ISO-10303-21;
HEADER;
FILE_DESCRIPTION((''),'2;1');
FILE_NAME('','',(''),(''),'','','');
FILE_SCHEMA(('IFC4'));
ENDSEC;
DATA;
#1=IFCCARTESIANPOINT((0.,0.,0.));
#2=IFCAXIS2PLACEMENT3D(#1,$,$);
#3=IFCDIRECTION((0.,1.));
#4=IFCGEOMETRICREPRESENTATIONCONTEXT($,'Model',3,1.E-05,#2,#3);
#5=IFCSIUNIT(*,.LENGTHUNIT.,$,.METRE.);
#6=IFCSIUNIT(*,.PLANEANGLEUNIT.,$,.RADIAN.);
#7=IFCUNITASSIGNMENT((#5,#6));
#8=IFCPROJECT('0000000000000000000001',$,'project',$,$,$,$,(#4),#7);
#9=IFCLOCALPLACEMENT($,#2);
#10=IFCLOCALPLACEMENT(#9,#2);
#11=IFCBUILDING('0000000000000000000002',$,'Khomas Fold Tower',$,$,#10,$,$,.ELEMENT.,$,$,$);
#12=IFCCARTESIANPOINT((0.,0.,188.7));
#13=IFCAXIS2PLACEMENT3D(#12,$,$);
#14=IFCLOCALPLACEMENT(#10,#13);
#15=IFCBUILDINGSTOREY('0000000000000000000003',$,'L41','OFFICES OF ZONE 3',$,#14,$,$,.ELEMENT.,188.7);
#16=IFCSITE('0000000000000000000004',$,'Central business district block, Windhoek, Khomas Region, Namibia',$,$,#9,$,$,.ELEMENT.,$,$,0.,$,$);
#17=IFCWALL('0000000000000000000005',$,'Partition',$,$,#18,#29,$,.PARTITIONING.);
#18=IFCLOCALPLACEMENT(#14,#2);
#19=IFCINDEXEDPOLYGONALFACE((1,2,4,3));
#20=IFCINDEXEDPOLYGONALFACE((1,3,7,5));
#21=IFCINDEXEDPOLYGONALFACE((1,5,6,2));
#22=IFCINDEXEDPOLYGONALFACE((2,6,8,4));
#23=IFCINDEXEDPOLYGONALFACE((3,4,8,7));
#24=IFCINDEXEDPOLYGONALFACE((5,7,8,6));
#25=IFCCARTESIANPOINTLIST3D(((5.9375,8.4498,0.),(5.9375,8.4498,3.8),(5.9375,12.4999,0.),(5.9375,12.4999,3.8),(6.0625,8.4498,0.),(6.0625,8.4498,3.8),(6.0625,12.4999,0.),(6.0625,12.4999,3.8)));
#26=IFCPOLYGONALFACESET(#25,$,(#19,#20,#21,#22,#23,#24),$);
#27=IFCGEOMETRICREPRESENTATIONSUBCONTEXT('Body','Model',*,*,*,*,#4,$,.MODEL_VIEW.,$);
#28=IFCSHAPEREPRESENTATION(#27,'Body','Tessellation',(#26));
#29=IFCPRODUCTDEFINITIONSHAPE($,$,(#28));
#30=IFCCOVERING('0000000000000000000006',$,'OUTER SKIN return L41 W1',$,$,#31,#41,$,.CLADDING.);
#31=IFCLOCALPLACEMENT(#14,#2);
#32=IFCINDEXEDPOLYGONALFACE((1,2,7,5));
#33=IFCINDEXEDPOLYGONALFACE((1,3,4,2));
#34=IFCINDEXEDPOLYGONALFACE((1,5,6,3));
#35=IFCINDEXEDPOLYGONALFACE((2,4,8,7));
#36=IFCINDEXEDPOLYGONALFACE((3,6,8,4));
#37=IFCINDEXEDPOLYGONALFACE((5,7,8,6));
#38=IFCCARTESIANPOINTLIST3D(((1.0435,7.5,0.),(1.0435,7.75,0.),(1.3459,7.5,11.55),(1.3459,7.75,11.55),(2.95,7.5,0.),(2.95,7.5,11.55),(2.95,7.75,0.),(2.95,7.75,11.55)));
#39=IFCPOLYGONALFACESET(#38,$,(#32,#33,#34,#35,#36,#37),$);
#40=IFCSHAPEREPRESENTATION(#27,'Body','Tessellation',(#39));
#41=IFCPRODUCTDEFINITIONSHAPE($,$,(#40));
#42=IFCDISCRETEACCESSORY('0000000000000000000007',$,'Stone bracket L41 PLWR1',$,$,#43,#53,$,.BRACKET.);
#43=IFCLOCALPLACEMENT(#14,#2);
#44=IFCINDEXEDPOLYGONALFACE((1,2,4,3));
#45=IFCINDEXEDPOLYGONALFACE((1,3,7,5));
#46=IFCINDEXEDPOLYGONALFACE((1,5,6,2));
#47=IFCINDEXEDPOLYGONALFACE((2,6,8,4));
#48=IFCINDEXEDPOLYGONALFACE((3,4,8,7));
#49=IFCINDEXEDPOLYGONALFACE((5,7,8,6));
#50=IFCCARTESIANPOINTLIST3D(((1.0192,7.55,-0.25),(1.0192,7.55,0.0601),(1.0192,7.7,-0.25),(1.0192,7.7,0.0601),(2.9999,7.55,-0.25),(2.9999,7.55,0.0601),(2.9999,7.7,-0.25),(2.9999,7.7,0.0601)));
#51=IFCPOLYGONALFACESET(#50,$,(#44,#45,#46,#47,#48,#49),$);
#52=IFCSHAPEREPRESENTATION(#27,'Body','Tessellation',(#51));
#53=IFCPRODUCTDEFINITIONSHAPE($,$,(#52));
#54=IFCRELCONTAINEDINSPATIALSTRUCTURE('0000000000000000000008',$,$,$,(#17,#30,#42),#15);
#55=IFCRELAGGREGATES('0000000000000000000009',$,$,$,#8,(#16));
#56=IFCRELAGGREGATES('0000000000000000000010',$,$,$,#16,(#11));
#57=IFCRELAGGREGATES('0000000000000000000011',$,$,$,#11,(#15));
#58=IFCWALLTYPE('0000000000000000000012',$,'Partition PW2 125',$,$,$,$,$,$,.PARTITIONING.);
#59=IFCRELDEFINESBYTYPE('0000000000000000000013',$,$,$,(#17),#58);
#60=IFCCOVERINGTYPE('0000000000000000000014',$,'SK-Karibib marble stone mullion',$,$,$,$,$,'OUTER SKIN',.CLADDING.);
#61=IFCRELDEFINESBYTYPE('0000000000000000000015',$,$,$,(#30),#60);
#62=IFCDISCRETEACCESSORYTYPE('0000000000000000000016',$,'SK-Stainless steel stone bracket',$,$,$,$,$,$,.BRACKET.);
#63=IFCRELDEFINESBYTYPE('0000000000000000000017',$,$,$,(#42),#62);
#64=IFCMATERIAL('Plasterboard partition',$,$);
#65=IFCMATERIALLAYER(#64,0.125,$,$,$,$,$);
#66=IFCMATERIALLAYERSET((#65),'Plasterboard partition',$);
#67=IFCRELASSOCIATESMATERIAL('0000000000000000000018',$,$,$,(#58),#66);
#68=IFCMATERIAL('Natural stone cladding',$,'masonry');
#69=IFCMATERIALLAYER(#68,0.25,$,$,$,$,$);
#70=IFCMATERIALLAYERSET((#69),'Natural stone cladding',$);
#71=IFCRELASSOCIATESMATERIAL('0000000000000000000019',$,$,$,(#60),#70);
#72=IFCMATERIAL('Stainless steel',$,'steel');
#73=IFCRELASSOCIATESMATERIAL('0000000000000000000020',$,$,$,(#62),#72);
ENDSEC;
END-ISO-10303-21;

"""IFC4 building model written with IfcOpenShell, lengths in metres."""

from ifc_helpers import new_model, si_unit, direction, frame, frame_2d, origin, origin_2d, place, context, subcontext, project, spatial, polyline, rectangle, outline, extrude, source, transform, mapped, material, layer, layer_set, type_object, element, save


model = new_model("IFC4")

# Units and contexts
model_context = context("Model", 3, precision=1e-05, world=origin(), true_north=direction((0.0, 1.0)))
body_context = subcontext(model_context, "Body", "Model", "MODEL_VIEW")
ifc_project = project(units=[si_unit("LENGTHUNIT", "METRE"), si_unit("PLANEANGLEUNIT", "RADIAN")], contexts=[model_context])

# Site, building, storey
site_placement = place(None, origin())
site = spatial("IfcSite", under=ifc_project, at=site_placement, Name="Central business district block, Windhoek, Khomas Region, Namibia", CompositionType="ELEMENT", RefElevation=0.0)
building_placement = place(site_placement, origin())
building = spatial("IfcBuilding", under=site, at=building_placement, Name="Khomas Fold Tower", CompositionType="ELEMENT")
storey_placement = place(building_placement, frame((0.0, 0.0, 188.7)))
storey = spatial("IfcBuildingStorey", under=building, at=storey_placement, Name="L41", Description="OFFICES OF ZONE 3", CompositionType="ELEMENT", Elevation=188.7)

# Shared definitions
ifc_material_1 = material(Name="Plasterboard partition")
ifc_layer_1 = layer(ifc_material_1, 0.125)
ifc_layer_set_1 = layer_set([ifc_layer_1], Name="Plasterboard partition")
wall_type = type_object("IfcWallType", Name="Partition PW2 125", PredefinedType="PARTITIONING", material=ifc_layer_set_1)

# Wall
shared_shape_1 = source(origin(), body_context, "Body", "SweptSolid", [
    extrude(rectangle(XDim=4.05, YDim=0.125, at=frame_2d((2.0249, 0.0))), origin(), (0.0, 0.0, 1.0), 3.8),
])
wall_1_placement = place(storey_placement, frame((6.0, 8.45, 0.0), z_axis=(0.0, 0.0, 1.0), x_axis=(0.0, 1.0, 0.0)))
element("IfcWall", 1, at=wall_1_placement, inside=storey, type_object=wall_type, Name="Partition", PredefinedType="PARTITIONING", context=body_context, shape_type="MappedRepresentation", body=[
    mapped(shared_shape_1, transform((0.0, 0.0, 0.0))),
])

# Covering
ifc_material_2 = material(Name="Natural stone cladding", Category="masonry")
ifc_layer_2 = layer(ifc_material_2, 0.25)
ifc_layer_set_2 = layer_set([ifc_layer_2], Name="Natural stone cladding")
covering_type = type_object("IfcCoveringType", Name="SK-Karibib marble stone mullion", ElementType="OUTER SKIN", PredefinedType="CLADDING", material=ifc_layer_set_2)
covering_placement = place(storey_placement, frame((2.95, 7.5, 11.55), z_axis=(0.0, -1.0, 0.0), x_axis=(-1.0, 0.0, 0.0)))
element("IfcCovering", 2, at=covering_placement, inside=storey, type_object=covering_type, Name="OUTER SKIN return L41 W1", PredefinedType="CLADDING", context=body_context, shape_type="SweptSolid", body=[
    extrude(outline(polyline([(0.0, 0.0), (1.604, 0.0), (1.9065, 11.55), (0.0, 11.55), (0.0, 0.0)])), origin(), (0.0, 0.0, -1.0), 0.25),
])

# Discrete accessory
ifc_material_3 = material(Name="Stainless steel", Category="steel")
discrete_accessory_type = type_object("IfcDiscreteAccessoryType", Name="SK-Stainless steel stone bracket", PredefinedType="BRACKET", material=ifc_material_3)
shared_shape_2 = source(origin(), body_context, "Body", "SweptSolid", [
    extrude(rectangle(XDim=1.9807, YDim=0.1499, at=origin_2d()), origin(), (0.0, 0.0, 1.0), 0.3101),
])
discrete_accessory_placement = place(storey_placement, frame((2.0095, 7.625, -0.25), z_axis=(0.0, 0.0, 1.0), x_axis=(-1.0, 0.0, 0.0)))
element("IfcDiscreteAccessory", 3, at=discrete_accessory_placement, inside=storey, type_object=discrete_accessory_type, Name="Stone bracket L41 PLWR1", PredefinedType="BRACKET", context=body_context, shape_type="MappedRepresentation", body=[
    mapped(shared_shape_2, transform((0.0, 0.0, 0.0))),
])

save(model, "model.ifc")
